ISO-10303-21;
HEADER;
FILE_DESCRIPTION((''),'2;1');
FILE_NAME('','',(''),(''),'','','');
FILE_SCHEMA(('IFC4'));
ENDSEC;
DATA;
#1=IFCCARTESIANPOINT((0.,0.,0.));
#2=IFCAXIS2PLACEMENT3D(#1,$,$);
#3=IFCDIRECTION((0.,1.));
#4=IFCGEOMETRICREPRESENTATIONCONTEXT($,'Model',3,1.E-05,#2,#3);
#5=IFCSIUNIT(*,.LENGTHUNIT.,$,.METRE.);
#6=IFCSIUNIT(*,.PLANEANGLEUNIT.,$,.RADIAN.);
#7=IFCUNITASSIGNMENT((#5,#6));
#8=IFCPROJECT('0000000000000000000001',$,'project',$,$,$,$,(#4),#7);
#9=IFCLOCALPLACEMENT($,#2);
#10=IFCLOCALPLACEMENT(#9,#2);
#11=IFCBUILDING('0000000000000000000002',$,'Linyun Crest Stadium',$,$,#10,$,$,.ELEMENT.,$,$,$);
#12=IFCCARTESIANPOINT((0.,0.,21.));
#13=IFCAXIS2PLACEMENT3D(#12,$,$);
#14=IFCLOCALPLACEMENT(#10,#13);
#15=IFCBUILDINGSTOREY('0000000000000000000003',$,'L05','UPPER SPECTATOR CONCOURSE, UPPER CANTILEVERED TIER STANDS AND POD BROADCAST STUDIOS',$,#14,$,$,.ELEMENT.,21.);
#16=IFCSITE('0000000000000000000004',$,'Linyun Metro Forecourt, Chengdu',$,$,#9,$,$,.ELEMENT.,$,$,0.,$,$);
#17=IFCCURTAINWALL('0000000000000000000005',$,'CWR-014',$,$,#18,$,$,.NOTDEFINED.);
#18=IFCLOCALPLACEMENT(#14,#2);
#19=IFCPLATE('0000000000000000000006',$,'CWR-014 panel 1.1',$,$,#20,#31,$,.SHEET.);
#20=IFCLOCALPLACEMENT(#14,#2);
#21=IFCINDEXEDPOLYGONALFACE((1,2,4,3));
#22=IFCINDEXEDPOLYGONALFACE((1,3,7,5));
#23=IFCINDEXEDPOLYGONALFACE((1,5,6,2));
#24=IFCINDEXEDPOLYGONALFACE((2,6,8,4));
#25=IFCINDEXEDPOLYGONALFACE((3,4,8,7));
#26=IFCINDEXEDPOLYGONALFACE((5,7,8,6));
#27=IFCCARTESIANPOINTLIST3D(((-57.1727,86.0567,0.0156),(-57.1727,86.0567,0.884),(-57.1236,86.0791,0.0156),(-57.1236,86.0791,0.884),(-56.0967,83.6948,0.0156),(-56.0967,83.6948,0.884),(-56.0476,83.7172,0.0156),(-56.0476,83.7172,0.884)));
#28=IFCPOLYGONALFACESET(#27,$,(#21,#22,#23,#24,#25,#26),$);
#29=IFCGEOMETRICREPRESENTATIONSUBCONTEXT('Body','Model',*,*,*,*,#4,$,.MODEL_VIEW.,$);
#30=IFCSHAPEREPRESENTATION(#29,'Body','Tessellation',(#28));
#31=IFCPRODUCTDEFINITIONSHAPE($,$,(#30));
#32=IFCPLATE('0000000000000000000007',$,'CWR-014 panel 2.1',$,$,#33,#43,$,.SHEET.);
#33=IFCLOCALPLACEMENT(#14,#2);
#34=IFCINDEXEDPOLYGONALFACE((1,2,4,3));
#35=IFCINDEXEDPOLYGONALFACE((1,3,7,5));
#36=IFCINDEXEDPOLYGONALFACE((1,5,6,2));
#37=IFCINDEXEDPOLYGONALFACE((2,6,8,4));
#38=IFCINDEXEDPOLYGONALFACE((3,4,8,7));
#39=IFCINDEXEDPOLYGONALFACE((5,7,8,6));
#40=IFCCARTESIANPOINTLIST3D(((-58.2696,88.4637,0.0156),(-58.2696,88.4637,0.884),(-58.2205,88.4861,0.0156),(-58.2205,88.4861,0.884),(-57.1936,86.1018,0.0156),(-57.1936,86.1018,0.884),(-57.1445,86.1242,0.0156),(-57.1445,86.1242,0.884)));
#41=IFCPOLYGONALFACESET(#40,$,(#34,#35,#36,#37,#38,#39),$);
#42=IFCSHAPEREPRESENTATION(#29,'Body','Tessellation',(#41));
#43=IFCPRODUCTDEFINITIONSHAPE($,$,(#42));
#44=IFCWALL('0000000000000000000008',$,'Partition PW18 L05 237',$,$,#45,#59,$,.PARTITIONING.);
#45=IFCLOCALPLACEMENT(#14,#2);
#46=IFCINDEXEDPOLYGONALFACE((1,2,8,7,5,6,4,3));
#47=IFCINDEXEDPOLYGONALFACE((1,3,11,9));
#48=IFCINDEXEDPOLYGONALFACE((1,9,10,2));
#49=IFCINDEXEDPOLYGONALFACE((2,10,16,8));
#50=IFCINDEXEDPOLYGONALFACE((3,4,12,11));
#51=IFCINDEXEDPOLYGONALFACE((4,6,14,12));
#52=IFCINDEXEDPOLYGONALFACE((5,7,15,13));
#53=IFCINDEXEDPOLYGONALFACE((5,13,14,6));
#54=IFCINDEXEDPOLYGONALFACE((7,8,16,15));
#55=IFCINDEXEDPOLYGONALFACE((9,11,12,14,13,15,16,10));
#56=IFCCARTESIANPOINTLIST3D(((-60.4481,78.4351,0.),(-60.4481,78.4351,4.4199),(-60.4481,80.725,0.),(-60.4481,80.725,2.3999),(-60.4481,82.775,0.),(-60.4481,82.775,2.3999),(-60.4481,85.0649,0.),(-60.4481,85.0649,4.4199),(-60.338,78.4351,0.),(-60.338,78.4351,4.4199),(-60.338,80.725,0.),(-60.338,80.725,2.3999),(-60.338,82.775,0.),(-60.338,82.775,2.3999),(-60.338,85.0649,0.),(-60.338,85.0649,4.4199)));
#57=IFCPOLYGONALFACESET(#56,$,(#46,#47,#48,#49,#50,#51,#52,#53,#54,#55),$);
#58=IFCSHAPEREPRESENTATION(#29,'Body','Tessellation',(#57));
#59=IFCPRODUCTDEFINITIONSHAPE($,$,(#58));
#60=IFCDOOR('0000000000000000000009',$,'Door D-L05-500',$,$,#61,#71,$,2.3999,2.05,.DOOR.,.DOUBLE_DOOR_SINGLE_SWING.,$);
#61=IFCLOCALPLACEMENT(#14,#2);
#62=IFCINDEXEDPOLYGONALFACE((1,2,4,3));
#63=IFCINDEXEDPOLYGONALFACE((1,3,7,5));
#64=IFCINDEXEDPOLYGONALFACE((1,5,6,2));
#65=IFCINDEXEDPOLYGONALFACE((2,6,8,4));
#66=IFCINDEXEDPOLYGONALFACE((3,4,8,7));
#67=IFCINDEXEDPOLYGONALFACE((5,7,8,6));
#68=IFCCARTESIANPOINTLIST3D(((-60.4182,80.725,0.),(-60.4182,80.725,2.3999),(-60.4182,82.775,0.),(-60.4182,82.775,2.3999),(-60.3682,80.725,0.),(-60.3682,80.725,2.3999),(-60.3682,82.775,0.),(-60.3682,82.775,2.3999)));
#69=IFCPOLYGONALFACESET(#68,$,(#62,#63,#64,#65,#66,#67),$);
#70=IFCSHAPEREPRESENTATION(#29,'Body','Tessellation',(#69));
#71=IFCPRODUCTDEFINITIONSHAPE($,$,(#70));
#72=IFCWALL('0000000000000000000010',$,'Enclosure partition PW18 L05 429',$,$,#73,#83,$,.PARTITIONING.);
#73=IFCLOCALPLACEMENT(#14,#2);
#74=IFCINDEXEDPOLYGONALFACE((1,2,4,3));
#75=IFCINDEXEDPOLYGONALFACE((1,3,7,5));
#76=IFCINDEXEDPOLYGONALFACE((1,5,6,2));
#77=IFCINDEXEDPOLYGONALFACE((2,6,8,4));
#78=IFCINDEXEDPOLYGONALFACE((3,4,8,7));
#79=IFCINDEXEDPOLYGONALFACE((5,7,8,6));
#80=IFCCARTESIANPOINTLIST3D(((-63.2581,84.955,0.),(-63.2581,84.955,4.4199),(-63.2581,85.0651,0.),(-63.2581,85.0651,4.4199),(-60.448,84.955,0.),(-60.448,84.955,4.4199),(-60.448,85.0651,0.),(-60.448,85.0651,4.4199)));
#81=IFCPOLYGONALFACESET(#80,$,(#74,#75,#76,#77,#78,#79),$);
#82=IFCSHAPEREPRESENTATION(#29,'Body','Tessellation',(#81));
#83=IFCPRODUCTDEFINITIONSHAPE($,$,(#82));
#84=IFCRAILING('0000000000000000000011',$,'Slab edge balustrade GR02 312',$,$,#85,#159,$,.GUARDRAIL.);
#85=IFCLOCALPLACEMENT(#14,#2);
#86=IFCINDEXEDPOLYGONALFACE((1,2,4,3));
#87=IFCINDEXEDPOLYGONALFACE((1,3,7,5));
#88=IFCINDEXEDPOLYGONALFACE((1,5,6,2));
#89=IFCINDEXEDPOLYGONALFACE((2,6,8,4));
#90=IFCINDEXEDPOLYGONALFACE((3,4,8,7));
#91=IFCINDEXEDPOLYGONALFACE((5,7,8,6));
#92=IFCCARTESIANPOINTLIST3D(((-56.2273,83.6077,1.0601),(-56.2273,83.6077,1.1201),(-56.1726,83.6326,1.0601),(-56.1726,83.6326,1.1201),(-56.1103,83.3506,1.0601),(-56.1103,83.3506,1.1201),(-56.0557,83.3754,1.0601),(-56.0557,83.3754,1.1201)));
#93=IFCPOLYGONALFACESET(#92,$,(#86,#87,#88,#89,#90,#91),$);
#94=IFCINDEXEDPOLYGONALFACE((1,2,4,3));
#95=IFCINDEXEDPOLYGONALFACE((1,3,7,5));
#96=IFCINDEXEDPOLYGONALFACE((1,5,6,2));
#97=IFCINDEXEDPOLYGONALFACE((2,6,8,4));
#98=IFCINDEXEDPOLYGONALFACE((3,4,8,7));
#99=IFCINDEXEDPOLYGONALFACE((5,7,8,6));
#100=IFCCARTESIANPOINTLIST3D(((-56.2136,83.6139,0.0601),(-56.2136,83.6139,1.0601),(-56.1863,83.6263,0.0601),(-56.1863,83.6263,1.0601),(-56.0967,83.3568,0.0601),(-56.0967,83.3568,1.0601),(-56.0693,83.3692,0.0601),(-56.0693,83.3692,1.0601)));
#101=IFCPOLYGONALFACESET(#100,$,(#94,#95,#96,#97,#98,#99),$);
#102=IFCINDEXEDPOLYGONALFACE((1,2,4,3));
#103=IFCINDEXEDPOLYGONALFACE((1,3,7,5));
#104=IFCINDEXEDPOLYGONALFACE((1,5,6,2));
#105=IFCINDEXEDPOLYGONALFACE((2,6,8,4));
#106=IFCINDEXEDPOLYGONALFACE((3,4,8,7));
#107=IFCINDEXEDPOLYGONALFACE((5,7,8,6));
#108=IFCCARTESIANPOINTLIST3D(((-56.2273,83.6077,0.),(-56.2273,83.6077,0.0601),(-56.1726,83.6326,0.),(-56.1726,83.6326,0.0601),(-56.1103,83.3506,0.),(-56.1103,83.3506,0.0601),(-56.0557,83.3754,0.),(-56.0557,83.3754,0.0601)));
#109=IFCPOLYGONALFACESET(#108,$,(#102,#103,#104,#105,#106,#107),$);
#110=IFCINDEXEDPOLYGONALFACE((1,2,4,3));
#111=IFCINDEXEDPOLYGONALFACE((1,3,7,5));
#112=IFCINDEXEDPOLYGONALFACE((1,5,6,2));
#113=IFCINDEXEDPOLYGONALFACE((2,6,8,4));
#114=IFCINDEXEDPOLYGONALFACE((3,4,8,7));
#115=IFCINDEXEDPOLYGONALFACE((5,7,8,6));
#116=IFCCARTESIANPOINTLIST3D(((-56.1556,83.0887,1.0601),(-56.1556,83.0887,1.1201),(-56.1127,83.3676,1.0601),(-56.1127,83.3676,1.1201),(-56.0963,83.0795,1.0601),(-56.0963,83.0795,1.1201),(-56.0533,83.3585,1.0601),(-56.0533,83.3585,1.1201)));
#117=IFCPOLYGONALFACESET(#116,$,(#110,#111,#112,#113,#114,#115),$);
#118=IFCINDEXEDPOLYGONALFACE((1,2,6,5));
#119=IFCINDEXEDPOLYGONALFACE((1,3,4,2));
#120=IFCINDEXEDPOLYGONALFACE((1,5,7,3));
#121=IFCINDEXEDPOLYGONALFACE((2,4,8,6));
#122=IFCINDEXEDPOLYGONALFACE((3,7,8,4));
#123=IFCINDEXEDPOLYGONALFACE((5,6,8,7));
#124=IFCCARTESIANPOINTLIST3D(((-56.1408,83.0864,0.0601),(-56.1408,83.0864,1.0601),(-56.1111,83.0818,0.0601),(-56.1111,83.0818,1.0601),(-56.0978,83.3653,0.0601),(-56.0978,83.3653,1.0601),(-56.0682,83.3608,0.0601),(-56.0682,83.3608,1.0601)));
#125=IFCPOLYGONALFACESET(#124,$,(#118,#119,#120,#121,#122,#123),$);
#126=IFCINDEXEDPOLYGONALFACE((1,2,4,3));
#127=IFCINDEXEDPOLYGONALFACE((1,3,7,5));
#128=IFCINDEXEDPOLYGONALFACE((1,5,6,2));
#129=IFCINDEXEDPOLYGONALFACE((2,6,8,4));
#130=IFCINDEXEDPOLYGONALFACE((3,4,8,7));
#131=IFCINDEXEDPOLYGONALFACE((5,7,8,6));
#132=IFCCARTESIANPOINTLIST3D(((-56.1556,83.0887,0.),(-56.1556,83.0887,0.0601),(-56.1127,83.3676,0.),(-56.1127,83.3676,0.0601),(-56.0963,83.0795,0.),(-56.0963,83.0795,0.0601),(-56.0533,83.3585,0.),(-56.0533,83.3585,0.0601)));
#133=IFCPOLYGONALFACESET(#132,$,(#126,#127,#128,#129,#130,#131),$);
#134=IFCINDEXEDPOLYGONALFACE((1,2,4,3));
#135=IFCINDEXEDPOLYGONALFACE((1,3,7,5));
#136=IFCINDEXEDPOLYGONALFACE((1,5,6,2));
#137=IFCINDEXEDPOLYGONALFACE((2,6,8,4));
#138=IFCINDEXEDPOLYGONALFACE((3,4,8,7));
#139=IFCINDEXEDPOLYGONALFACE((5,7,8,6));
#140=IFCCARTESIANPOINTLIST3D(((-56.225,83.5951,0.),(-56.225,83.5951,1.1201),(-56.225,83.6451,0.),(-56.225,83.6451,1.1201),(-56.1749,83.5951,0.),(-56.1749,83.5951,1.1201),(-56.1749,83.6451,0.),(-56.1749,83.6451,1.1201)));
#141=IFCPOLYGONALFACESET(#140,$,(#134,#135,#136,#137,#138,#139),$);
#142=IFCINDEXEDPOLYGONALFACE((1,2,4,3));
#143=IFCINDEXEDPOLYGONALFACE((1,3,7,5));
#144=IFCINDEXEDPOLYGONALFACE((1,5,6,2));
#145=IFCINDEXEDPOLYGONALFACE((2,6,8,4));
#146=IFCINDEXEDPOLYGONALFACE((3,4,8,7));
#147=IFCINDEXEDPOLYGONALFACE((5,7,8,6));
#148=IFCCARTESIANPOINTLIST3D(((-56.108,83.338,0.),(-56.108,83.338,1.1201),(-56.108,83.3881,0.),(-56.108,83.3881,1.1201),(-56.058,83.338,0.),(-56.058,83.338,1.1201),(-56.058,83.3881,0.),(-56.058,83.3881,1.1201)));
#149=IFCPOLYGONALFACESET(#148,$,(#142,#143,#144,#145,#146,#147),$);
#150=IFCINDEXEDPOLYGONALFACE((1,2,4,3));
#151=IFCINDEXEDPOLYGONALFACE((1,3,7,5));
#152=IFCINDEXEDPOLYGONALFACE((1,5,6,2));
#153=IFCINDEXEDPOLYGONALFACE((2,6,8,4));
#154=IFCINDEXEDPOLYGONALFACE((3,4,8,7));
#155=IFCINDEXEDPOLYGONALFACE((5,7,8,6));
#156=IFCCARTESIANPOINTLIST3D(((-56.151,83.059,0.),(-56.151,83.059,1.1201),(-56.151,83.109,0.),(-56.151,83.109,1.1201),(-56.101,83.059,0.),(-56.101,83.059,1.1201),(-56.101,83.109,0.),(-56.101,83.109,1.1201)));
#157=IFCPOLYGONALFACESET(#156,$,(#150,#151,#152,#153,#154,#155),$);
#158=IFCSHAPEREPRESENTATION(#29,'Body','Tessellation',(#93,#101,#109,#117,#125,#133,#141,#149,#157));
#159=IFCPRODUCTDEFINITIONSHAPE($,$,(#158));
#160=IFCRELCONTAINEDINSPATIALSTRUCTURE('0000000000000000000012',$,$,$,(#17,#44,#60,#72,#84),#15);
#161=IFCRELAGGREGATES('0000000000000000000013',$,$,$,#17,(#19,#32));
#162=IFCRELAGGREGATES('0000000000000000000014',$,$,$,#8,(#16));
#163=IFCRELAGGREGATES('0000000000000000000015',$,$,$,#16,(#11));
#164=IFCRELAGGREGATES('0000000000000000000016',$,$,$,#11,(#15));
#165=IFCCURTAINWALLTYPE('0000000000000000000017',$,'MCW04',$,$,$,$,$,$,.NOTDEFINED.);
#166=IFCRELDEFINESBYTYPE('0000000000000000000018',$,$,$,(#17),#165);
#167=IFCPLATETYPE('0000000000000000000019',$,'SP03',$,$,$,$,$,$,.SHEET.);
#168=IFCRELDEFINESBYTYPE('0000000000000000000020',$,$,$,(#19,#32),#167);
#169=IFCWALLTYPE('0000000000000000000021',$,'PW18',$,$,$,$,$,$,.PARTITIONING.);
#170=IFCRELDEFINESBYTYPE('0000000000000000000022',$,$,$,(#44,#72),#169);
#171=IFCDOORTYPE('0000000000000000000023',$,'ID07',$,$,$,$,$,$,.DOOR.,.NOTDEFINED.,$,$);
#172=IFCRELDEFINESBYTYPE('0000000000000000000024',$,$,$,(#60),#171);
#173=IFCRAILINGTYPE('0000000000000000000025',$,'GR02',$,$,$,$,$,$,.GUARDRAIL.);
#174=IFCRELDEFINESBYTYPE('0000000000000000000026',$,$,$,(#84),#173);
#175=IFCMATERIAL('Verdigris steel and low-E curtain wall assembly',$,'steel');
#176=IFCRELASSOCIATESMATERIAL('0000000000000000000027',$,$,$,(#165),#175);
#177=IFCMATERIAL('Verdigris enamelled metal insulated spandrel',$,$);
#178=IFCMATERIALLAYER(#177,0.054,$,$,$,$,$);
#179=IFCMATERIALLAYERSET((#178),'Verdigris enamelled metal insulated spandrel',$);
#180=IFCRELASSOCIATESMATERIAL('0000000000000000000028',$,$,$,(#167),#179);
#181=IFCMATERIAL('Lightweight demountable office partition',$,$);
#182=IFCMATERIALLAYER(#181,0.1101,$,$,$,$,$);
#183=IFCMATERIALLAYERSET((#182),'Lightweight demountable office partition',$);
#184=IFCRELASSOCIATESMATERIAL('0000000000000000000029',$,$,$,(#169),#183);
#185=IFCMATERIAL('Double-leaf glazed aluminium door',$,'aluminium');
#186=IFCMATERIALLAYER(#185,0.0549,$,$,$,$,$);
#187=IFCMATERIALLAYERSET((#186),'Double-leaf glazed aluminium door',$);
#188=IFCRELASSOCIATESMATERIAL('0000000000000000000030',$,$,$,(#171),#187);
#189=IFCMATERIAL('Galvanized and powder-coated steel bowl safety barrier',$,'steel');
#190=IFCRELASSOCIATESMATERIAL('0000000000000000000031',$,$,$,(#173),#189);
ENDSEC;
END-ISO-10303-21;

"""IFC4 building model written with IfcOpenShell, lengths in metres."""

from ifc_helpers import new_model, si_unit, direction, frame, frame_2d, origin, origin_2d, place, context, subcontext, project, spatial, rectangle, extrude, material, layer, layer_set, type_object, element, fill, aggregate, save


model = new_model("IFC4")

# Units and contexts
model_context = context("Model", 3, precision=1e-05, world=origin(), true_north=direction((0.0, 1.0)))
body_context = subcontext(model_context, "Body", "Model", "MODEL_VIEW")
ifc_project = project(units=[si_unit("LENGTHUNIT", "METRE"), si_unit("PLANEANGLEUNIT", "RADIAN")], contexts=[model_context])

# Site, building, storey
site_placement = place(None, origin())
site = spatial("IfcSite", under=ifc_project, at=site_placement, Name="Linyun Metro Forecourt, Chengdu", CompositionType="ELEMENT", RefElevation=0.0)
building_placement = place(site_placement, origin())
building = spatial("IfcBuilding", under=site, at=building_placement, Name="Linyun Crest Stadium", CompositionType="ELEMENT")
storey_placement = place(building_placement, frame((0.0, 0.0, 21.0)))
storey = spatial("IfcBuildingStorey", under=building, at=storey_placement, Name="L05", Description="UPPER SPECTATOR CONCOURSE, UPPER CANTILEVERED TIER STANDS AND POD BROADCAST STUDIOS", CompositionType="ELEMENT", Elevation=21.0)

# Curtain wall
ifc_material_1 = material(Name="Verdigris steel and low-E curtain wall assembly", Category="steel")
curtain_wall_type = type_object("IfcCurtainWallType", Name="MCW04", PredefinedType="NOTDEFINED", material=ifc_material_1)
curtain_wall_1_placement = place(storey_placement, origin())
curtain_wall_1 = element("IfcCurtainWall", 1, at=curtain_wall_1_placement, inside=storey, type_object=curtain_wall_type, Name="CWR-014", PredefinedType="NOTDEFINED")

# Plates
ifc_material_2 = material(Name="Verdigris enamelled metal insulated spandrel")
ifc_layer_1 = layer(ifc_material_2, 0.054)
ifc_layer_set_1 = layer_set([ifc_layer_1], Name="Verdigris enamelled metal insulated spandrel")
plate_type_1 = type_object("IfcPlateType", Name="SP03", PredefinedType="SHEET", material=ifc_layer_set_1)
plate_1_placement = place(storey_placement, frame((-56.6101, 84.887, 0.0156), z_axis=(0.0, 0.0, 1.0), x_axis=(-0.414566, 0.910019, 0.0)))
plate_1 = element("IfcPlate", 2, at=plate_1_placement, type_object=plate_type_1, Name="CWR-014 panel 1.1", PredefinedType="SHEET", context=body_context, shape_type="SweptSolid", body=[
    extrude(rectangle(XDim=2.5955, YDim=0.054, at=origin_2d()), origin(), (0.0, 0.0, 1.0), 0.8684),
])
plate_2_placement = place(storey_placement, frame((-57.707, 87.2939, 0.0156), z_axis=(0.0, 0.0, 1.0), x_axis=(-0.414566, 0.910019, 0.0)))
plate_2 = element("IfcPlate", 3, at=plate_2_placement, type_object=plate_type_1, Name="CWR-014 panel 2.1", PredefinedType="SHEET", context=body_context, shape_type="SweptSolid", body=[
    extrude(rectangle(XDim=2.5955, YDim=0.054, at=origin_2d()), origin(), (0.0, 0.0, 1.0), 0.8684),
])
aggregate(curtain_wall_1, [plate_1, plate_2])

# Wall, opening, door
ifc_material_3 = material(Name="Lightweight demountable office partition")
ifc_layer_2 = layer(ifc_material_3, 0.1101)
ifc_layer_set_2 = layer_set([ifc_layer_2], Name="Lightweight demountable office partition")
wall_type = type_object("IfcWallType", Name="PW18", PredefinedType="PARTITIONING", material=ifc_layer_set_2)
wall_1_placement = place(storey_placement, frame((-60.3931, 85.0649, 0.0), z_axis=(0.0, 0.0, 1.0), x_axis=(0.0, -1.0, 0.0)))
wall_1 = element("IfcWall", 4, at=wall_1_placement, inside=storey, type_object=wall_type, Name="Partition PW18 L05 237", PredefinedType="PARTITIONING", context=body_context, shape_type="SweptSolid", body=[
    extrude(rectangle(XDim=6.6299, YDim=0.1101, at=frame_2d((3.3149, 0.0))), origin(), (0.0, 0.0, 1.0), 4.4199),
])
opening_placement = place(wall_1_placement, frame((2.29, 0.0, 0.0)))
opening = element("IfcOpeningElement", 5, at=opening_placement, cuts=wall_1, PredefinedType="OPENING", context=body_context, shape_type="SweptSolid", body=[
    extrude(rectangle(XDim=2.05, YDim=2.3999, at=frame_2d((1.0249, 1.2))), frame((0.0, 0.0649, 0.0), z_axis=(0.0, -1.0, 0.0), x_axis=(1.0, 0.0, 0.0)), (0.0, 0.0, 1.0), 0.1301),
])
ifc_material_4 = material(Name="Double-leaf glazed aluminium door", Category="aluminium")
ifc_layer_3 = layer(ifc_material_4, 0.0549)
ifc_layer_set_3 = layer_set([ifc_layer_3], Name="Double-leaf glazed aluminium door")
door_type = type_object("IfcDoorType", Name="ID07", OperationType="NOTDEFINED", PredefinedType="DOOR", material=ifc_layer_set_3)
door_placement = place(opening_placement, origin())
door = element("IfcDoor", 6, at=door_placement, inside=storey, type_object=door_type, Name="Door D-L05-500", OperationType="DOUBLE_DOOR_SINGLE_SWING", OverallHeight=2.3999, OverallWidth=2.05, PredefinedType="DOOR", context=body_context, shape_type="SweptSolid", body=[
    extrude(rectangle(XDim=2.05, YDim=2.3999, at=frame_2d((1.0249, 1.2))), frame((0.0, 0.0249, 0.0), z_axis=(0.0, -1.0, 0.0), x_axis=(1.0, 0.0, 0.0)), (0.0, 0.0, 1.0), 0.05),
])
fill(opening, door)

# Wall
wall_2_placement = place(storey_placement, frame((-63.2581, 85.01, 0.0), z_axis=(0.0, 0.0, 1.0), x_axis=(1.0, 0.0, 0.0)))
element("IfcWall", 7, at=wall_2_placement, inside=storey, type_object=wall_type, Name="Enclosure partition PW18 L05 429", PredefinedType="PARTITIONING", context=body_context, shape_type="SweptSolid", body=[
    extrude(rectangle(XDim=2.8101, YDim=0.1101, at=frame_2d((1.405, 0.0))), origin(), (0.0, 0.0, 1.0), 4.4199),
])

# Railing
ifc_material_5 = material(Name="Galvanized and powder-coated steel bowl safety barrier", Category="steel")
railing_type = type_object("IfcRailingType", Name="GR02", PredefinedType="GUARDRAIL", material=ifc_material_5)
railing_placement = place(storey_placement, frame((-56.2, 83.6201, 0.0)))
element("IfcRailing", 8, at=railing_placement, inside=storey, type_object=railing_type, Name="Slab edge balustrade GR02 312", PredefinedType="GUARDRAIL", context=body_context, shape_type="SweptSolid", body=[
    extrude(rectangle(XDim=0.0601, YDim=0.0601, at=origin_2d()), frame((0.0, 0.0, 1.0901), z_axis=(0.414063, -0.910248, 0.0), x_axis=(0.910248, 0.414063, 0.0)), (0.0, 0.0, 1.0), 0.2825),
    extrude(rectangle(XDim=0.03, YDim=1.0, at=origin_2d()), frame((0.0, 0.0, 0.5601), z_axis=(0.414063, -0.910248, 0.0), x_axis=(0.910248, 0.414063, 0.0)), (0.0, 0.0, 1.0), 0.2825),
    extrude(rectangle(XDim=0.0601, YDim=0.0601, at=origin_2d()), frame((0.0, 0.0, 0.03), z_axis=(0.414063, -0.910248, 0.0), x_axis=(0.910248, 0.414063, 0.0)), (0.0, 0.0, 1.0), 0.2825),
    extrude(rectangle(XDim=0.0601, YDim=0.0601, at=origin_2d()), frame((0.1169, -0.2571, 1.0901), z_axis=(-0.152187, -0.988352, 0.0), x_axis=(0.988352, -0.152187, 0.0)), (0.0, 0.0, 1.0), 0.2822),
    extrude(rectangle(XDim=0.03, YDim=1.0, at=origin_2d()), frame((0.1169, -0.2571, 0.5601), z_axis=(-0.152187, -0.988352, 0.0), x_axis=(0.988352, -0.152187, 0.0)), (0.0, 0.0, 1.0), 0.2822),
    extrude(rectangle(XDim=0.0601, YDim=0.0601, at=origin_2d()), frame((0.1169, -0.2571, 0.03), z_axis=(-0.152187, -0.988352, 0.0), x_axis=(0.988352, -0.152187, 0.0)), (0.0, 0.0, 1.0), 0.2822),
    extrude(rectangle(XDim=0.05, YDim=0.05, at=origin_2d()), origin(), (0.0, 0.0, 1.0), 1.1201),
    extrude(rectangle(XDim=0.05, YDim=0.05, at=origin_2d()), frame((0.1169, -0.2571, 0.0)), (0.0, 0.0, 1.0), 1.1201),
    extrude(rectangle(XDim=0.05, YDim=0.05, at=origin_2d()), frame((0.074, -0.5361, 0.0)), (0.0, 0.0, 1.0), 1.1201),
])

save(model, "model.ifc")
